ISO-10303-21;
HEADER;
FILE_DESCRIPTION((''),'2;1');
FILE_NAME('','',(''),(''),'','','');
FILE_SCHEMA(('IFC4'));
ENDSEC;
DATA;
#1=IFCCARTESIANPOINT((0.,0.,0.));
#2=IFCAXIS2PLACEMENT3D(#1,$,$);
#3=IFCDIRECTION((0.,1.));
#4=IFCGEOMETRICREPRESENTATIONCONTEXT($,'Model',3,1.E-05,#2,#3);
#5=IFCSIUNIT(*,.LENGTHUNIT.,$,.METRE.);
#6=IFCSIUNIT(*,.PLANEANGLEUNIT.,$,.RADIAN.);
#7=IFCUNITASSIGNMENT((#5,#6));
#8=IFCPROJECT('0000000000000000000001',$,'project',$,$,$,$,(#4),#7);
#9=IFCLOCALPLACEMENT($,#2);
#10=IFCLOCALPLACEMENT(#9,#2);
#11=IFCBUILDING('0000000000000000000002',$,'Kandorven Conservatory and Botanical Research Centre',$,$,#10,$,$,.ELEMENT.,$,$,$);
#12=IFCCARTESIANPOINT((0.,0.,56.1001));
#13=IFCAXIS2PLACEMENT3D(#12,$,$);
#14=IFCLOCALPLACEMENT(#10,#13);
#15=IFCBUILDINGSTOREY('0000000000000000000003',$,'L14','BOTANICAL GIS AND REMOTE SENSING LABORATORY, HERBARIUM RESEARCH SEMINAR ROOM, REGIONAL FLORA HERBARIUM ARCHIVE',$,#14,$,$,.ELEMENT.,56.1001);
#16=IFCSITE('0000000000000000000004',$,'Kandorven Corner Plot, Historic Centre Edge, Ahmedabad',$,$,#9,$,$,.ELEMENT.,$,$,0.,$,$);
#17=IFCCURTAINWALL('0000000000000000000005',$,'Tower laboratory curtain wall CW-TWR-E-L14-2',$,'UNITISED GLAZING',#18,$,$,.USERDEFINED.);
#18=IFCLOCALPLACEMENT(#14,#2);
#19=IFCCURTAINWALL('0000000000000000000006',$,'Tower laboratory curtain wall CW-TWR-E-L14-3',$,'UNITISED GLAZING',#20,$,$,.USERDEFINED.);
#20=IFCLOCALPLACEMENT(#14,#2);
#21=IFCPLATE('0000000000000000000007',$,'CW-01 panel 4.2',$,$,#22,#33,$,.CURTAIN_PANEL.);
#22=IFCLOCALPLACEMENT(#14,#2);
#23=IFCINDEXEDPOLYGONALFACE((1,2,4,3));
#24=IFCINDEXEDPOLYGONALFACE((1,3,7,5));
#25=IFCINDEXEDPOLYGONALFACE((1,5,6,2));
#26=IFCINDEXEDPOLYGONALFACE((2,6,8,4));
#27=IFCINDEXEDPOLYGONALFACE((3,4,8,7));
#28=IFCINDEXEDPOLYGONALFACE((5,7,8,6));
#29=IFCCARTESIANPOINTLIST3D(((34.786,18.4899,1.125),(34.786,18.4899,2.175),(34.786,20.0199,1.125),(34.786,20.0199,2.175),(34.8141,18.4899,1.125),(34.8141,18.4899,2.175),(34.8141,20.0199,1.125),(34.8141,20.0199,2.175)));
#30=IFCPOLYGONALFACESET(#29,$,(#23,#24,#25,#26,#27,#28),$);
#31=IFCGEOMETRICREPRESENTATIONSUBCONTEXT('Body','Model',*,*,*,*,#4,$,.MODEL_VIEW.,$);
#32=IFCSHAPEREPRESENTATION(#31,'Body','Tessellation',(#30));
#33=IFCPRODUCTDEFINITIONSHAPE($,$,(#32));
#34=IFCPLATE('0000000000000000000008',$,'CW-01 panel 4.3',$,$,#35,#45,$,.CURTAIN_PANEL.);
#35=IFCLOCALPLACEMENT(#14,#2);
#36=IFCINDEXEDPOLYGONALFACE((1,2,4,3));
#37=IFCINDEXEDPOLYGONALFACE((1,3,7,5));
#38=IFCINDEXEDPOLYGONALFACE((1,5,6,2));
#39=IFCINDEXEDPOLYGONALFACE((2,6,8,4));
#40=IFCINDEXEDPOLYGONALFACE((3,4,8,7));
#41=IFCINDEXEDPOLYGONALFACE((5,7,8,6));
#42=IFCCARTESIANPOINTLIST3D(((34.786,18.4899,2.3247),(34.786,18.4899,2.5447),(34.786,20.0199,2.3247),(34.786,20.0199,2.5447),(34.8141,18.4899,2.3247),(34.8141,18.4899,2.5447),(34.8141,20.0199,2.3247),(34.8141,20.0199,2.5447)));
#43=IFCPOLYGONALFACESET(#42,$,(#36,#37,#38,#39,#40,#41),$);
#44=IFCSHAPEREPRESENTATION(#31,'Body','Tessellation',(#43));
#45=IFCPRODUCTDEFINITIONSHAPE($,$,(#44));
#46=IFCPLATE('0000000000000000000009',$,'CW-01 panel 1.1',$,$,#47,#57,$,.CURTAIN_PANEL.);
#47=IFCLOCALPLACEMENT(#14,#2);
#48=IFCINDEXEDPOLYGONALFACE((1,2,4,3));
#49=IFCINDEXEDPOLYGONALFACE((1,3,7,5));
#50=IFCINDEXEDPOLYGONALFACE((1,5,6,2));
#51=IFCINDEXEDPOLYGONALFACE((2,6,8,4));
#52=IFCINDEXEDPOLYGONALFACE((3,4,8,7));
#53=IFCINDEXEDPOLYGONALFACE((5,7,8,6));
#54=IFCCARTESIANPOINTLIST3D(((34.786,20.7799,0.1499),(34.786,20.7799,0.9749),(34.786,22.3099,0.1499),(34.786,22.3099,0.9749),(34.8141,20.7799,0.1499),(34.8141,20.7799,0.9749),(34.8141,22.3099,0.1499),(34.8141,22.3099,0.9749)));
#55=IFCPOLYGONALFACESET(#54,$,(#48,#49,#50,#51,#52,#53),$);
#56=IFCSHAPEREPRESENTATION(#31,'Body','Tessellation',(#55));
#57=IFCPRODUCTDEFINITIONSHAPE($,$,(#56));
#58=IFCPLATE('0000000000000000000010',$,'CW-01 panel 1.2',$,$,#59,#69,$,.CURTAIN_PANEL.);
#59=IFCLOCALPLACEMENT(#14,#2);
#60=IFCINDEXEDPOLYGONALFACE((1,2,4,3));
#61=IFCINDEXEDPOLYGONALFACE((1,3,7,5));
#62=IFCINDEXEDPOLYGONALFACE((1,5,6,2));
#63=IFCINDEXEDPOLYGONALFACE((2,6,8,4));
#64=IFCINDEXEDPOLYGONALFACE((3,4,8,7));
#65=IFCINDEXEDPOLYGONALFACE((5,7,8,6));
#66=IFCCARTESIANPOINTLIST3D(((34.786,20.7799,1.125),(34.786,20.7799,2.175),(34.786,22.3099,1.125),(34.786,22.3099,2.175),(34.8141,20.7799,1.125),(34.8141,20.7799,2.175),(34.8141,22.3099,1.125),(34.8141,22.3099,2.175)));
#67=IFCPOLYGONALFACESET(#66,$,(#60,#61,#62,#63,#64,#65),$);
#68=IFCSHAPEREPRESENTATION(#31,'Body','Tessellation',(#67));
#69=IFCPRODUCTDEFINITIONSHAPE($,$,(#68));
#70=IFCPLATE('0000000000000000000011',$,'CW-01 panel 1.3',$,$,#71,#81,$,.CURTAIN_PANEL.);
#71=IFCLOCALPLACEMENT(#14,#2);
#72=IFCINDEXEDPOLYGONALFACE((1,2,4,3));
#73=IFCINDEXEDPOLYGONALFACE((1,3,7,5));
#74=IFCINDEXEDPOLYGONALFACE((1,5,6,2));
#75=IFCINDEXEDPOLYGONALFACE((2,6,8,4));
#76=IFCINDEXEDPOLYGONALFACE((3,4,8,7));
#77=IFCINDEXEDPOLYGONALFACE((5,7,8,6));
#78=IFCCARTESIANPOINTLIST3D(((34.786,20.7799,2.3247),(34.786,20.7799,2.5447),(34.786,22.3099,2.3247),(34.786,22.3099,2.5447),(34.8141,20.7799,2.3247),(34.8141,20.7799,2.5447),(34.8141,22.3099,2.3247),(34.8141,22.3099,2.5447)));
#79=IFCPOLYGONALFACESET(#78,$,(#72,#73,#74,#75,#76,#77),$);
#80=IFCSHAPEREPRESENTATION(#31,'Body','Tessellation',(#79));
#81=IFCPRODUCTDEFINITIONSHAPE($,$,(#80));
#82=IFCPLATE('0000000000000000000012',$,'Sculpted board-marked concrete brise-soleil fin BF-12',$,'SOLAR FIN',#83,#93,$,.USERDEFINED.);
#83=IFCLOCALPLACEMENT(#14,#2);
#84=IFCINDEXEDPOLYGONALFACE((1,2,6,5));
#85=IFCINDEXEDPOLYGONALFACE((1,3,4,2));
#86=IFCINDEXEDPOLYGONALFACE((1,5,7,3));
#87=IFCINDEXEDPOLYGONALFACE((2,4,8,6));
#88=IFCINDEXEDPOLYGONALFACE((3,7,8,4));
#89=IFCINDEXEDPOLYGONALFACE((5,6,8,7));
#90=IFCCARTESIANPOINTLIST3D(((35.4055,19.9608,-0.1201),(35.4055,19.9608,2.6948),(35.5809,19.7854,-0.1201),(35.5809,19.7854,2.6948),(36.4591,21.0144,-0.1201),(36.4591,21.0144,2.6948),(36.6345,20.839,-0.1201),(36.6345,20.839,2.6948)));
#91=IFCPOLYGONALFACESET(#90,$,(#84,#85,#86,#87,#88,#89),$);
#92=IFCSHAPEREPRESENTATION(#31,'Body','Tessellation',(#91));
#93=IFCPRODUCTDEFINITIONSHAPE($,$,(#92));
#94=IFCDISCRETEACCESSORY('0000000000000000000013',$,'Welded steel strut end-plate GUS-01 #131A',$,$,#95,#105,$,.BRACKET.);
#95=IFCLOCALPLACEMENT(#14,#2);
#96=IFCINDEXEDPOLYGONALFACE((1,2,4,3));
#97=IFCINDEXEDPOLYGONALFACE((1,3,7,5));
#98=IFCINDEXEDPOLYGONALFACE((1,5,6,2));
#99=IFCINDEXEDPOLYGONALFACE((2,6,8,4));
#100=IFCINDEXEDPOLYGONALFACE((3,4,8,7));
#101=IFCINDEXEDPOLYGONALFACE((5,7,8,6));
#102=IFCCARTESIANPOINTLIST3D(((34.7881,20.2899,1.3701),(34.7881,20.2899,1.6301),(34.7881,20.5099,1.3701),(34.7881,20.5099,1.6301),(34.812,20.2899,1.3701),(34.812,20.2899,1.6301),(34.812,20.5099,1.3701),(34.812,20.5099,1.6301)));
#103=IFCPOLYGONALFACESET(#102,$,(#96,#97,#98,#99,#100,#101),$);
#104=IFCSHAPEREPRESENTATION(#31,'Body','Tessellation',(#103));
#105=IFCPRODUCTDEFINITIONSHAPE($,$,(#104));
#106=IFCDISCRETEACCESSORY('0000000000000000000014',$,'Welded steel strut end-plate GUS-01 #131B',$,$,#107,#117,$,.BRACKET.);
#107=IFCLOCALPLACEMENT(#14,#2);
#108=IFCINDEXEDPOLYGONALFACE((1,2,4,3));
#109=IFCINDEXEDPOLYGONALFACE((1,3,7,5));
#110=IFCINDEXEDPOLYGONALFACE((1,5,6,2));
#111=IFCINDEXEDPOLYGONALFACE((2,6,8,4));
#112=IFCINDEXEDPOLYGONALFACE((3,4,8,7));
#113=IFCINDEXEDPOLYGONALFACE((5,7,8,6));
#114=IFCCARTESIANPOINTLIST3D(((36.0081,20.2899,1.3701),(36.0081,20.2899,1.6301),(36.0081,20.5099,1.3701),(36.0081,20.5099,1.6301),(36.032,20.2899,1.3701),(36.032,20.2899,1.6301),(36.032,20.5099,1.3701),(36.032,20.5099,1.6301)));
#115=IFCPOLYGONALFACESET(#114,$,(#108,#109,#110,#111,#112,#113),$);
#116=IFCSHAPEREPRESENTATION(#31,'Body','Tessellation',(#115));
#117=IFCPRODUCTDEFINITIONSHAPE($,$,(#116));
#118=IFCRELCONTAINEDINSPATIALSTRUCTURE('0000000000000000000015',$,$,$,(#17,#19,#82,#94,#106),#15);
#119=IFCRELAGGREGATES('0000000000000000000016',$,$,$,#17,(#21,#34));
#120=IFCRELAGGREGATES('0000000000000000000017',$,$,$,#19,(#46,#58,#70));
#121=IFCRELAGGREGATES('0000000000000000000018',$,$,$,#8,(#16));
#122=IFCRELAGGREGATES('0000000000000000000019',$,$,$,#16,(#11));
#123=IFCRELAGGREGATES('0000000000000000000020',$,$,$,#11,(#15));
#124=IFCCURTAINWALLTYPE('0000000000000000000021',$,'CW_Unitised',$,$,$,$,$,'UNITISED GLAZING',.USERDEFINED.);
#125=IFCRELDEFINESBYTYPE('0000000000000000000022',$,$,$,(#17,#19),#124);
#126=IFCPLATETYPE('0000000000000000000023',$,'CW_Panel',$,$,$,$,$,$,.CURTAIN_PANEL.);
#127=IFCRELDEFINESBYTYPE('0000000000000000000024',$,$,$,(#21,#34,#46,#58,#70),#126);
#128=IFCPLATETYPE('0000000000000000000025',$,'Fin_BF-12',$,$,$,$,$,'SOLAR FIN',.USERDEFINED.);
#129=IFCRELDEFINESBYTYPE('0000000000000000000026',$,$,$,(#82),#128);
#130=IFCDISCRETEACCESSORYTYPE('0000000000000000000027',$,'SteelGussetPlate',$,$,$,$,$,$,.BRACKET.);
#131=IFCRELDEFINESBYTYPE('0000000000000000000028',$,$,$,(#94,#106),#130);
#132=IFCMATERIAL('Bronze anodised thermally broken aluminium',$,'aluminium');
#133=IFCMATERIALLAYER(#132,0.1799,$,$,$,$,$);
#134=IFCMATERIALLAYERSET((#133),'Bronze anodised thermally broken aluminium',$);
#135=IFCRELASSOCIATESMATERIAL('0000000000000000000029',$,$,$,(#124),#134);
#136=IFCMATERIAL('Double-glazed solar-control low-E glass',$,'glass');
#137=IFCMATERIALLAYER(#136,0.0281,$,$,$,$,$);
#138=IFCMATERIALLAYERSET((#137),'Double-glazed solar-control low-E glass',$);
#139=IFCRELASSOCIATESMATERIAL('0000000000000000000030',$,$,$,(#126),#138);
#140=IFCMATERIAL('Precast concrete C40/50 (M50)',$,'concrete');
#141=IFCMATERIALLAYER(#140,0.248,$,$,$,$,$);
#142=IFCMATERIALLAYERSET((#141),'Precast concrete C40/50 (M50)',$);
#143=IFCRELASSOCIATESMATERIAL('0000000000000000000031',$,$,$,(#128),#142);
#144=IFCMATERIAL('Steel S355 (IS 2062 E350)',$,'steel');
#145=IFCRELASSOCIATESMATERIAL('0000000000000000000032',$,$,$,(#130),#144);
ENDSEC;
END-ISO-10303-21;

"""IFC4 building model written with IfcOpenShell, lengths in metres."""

from ifc_helpers import new_model, si_unit, direction, frame, origin, origin_2d, place, context, subcontext, project, spatial, rectangle, extrude, material, layer, layer_set, type_object, element, aggregate, save


model = new_model("IFC4")

# Units and contexts
model_context = context("Model", 3, precision=1e-05, world=origin(), true_north=direction((0.0, 1.0)))
body_context = subcontext(model_context, "Body", "Model", "MODEL_VIEW")
ifc_project = project(units=[si_unit("LENGTHUNIT", "METRE"), si_unit("PLANEANGLEUNIT", "RADIAN")], contexts=[model_context])

# Site, building, storey
site_placement = place(None, origin())
site = spatial("IfcSite", under=ifc_project, at=site_placement, Name="Kandorven Corner Plot, Historic Centre Edge, Ahmedabad", CompositionType="ELEMENT", RefElevation=0.0)
building_placement = place(site_placement, origin())
building = spatial("IfcBuilding", under=site, at=building_placement, Name="Kandorven Conservatory and Botanical Research Centre", CompositionType="ELEMENT")
storey_placement = place(building_placement, frame((0.0, 0.0, 56.1001)))
storey = spatial("IfcBuildingStorey", under=building, at=storey_placement, Name="L14", Description="BOTANICAL GIS AND REMOTE SENSING LABORATORY, HERBARIUM RESEARCH SEMINAR ROOM, REGIONAL FLORA HERBARIUM ARCHIVE", CompositionType="ELEMENT", Elevation=56.1001)

# Curtain walls
ifc_material_1 = material(Name="Bronze anodised thermally broken aluminium", Category="aluminium")
ifc_layer_1 = layer(ifc_material_1, 0.1799)
ifc_layer_set_1 = layer_set([ifc_layer_1], Name="Bronze anodised thermally broken aluminium")
curtain_wall_type = type_object("IfcCurtainWallType", Name="CW_Unitised", ElementType="UNITISED GLAZING", PredefinedType="USERDEFINED", material=ifc_layer_set_1)
curtain_wall_1_placement = place(storey_placement, origin())
curtain_wall_1 = element("IfcCurtainWall", 1, at=curtain_wall_1_placement, inside=storey, type_object=curtain_wall_type, Name="Tower laboratory curtain wall CW-TWR-E-L14-2", ObjectType="UNITISED GLAZING", PredefinedType="USERDEFINED")
curtain_wall_2_placement = place(storey_placement, origin())
curtain_wall_2 = element("IfcCurtainWall", 2, at=curtain_wall_2_placement, inside=storey, type_object=curtain_wall_type, Name="Tower laboratory curtain wall CW-TWR-E-L14-3", ObjectType="UNITISED GLAZING", PredefinedType="USERDEFINED")

# Plates
ifc_material_2 = material(Name="Double-glazed solar-control low-E glass", Category="glass")
ifc_layer_2 = layer(ifc_material_2, 0.0281)
ifc_layer_set_2 = layer_set([ifc_layer_2], Name="Double-glazed solar-control low-E glass")
plate_type_1 = type_object("IfcPlateType", Name="CW_Panel", PredefinedType="CURTAIN_PANEL", material=ifc_layer_set_2)
plate_1_placement = place(storey_placement, frame((34.8, 19.2549, 1.125), z_axis=(0.0, 0.0, 1.0), x_axis=(0.0, 1.0, 0.0)))
plate_1 = element("IfcPlate", 3, at=plate_1_placement, type_object=plate_type_1, Name="CW-01 panel 4.2", PredefinedType="CURTAIN_PANEL", context=body_context, shape_type="SweptSolid", body=[
    extrude(rectangle(XDim=1.53, YDim=0.0281, at=origin_2d()), origin(), (0.0, 0.0, 1.0), 1.05),
])
plate_2_placement = place(storey_placement, frame((34.8, 19.2549, 2.3247), z_axis=(0.0, 0.0, 1.0), x_axis=(0.0, 1.0, 0.0)))
plate_2 = element("IfcPlate", 4, at=plate_2_placement, type_object=plate_type_1, Name="CW-01 panel 4.3", PredefinedType="CURTAIN_PANEL", context=body_context, shape_type="SweptSolid", body=[
    extrude(rectangle(XDim=1.53, YDim=0.0281, at=origin_2d()), origin(), (0.0, 0.0, 1.0), 0.22),
])
aggregate(curtain_wall_1, [plate_1, plate_2])
plate_3_placement = place(storey_placement, frame((34.8, 21.5449, 0.1499), z_axis=(0.0, 0.0, 1.0), x_axis=(0.0, 1.0, 0.0)))
plate_3 = element("IfcPlate", 5, at=plate_3_placement, type_object=plate_type_1, Name="CW-01 panel 1.1", PredefinedType="CURTAIN_PANEL", context=body_context, shape_type="SweptSolid", body=[
    extrude(rectangle(XDim=1.53, YDim=0.0281, at=origin_2d()), origin(), (0.0, 0.0, 1.0), 0.825),
])
plate_4_placement = place(storey_placement, frame((34.8, 21.5449, 1.125), z_axis=(0.0, 0.0, 1.0), x_axis=(0.0, 1.0, 0.0)))
plate_4 = element("IfcPlate", 6, at=plate_4_placement, type_object=plate_type_1, Name="CW-01 panel 1.2", PredefinedType="CURTAIN_PANEL", context=body_context, shape_type="SweptSolid", body=[
    extrude(rectangle(XDim=1.53, YDim=0.0281, at=origin_2d()), origin(), (0.0, 0.0, 1.0), 1.05),
])
plate_5_placement = place(storey_placement, frame((34.8, 21.5449, 2.3247), z_axis=(0.0, 0.0, 1.0), x_axis=(0.0, 1.0, 0.0)))
plate_5 = element("IfcPlate", 7, at=plate_5_placement, type_object=plate_type_1, Name="CW-01 panel 1.3", PredefinedType="CURTAIN_PANEL", context=body_context, shape_type="SweptSolid", body=[
    extrude(rectangle(XDim=1.53, YDim=0.0281, at=origin_2d()), origin(), (0.0, 0.0, 1.0), 0.22),
])
aggregate(curtain_wall_2, [plate_3, plate_4, plate_5])
ifc_material_3 = material(Name="Precast concrete C40/50 (M50)", Category="concrete")
ifc_layer_3 = layer(ifc_material_3, 0.248)
ifc_layer_set_3 = layer_set([ifc_layer_3], Name="Precast concrete C40/50 (M50)")
plate_type_2 = type_object("IfcPlateType", Name="Fin_BF-12", ElementType="SOLAR FIN", PredefinedType="USERDEFINED", material=ifc_layer_set_3)
plate_6_placement = place(storey_placement, frame((36.02, 20.3999, -0.1201), z_axis=(0.0, 0.0, 1.0), x_axis=(0.707107, 0.707107, 0.0)))
element("IfcPlate", 8, at=plate_6_placement, inside=storey, type_object=plate_type_2, Name="Sculpted board-marked concrete brise-soleil fin BF-12", ObjectType="SOLAR FIN", PredefinedType="USERDEFINED", context=body_context, shape_type="SweptSolid", body=[
    extrude(rectangle(XDim=1.49, YDim=0.248, at=origin_2d()), origin(), (0.0, 0.0, 1.0), 2.8149),
])

# Discrete accessories
ifc_material_4 = material(Name="Steel S355 (IS 2062 E350)", Category="steel")
discrete_accessory_type = type_object("IfcDiscreteAccessoryType", Name="SteelGussetPlate", PredefinedType="BRACKET", material=ifc_material_4)
for number, where, z_axis, x_axis, name in (
    (9, (34.8, 20.3999, 1.3701), (0.0, 0.0, 1.0), (1.0, 0.0, 0.0), "Welded steel strut end-plate GUS-01 #131A"),
    (10, (36.02, 20.3999, 1.3701), (0.0, 0.0, 1.0), (1.0, 0.0, 0.0), "Welded steel strut end-plate GUS-01 #131B"),
):
    element("IfcDiscreteAccessory", number, at=place(storey_placement, frame(where, z_axis=z_axis, x_axis=x_axis)), inside=storey, type_object=discrete_accessory_type, Name=name, PredefinedType="BRACKET", context=body_context, shape_type="SweptSolid", body=[
        extrude(rectangle(XDim=0.0239, YDim=0.22, at=origin_2d()), origin(), (0.0, 0.0, 1.0), 0.26),
    ])

save(model, "model.ifc")
